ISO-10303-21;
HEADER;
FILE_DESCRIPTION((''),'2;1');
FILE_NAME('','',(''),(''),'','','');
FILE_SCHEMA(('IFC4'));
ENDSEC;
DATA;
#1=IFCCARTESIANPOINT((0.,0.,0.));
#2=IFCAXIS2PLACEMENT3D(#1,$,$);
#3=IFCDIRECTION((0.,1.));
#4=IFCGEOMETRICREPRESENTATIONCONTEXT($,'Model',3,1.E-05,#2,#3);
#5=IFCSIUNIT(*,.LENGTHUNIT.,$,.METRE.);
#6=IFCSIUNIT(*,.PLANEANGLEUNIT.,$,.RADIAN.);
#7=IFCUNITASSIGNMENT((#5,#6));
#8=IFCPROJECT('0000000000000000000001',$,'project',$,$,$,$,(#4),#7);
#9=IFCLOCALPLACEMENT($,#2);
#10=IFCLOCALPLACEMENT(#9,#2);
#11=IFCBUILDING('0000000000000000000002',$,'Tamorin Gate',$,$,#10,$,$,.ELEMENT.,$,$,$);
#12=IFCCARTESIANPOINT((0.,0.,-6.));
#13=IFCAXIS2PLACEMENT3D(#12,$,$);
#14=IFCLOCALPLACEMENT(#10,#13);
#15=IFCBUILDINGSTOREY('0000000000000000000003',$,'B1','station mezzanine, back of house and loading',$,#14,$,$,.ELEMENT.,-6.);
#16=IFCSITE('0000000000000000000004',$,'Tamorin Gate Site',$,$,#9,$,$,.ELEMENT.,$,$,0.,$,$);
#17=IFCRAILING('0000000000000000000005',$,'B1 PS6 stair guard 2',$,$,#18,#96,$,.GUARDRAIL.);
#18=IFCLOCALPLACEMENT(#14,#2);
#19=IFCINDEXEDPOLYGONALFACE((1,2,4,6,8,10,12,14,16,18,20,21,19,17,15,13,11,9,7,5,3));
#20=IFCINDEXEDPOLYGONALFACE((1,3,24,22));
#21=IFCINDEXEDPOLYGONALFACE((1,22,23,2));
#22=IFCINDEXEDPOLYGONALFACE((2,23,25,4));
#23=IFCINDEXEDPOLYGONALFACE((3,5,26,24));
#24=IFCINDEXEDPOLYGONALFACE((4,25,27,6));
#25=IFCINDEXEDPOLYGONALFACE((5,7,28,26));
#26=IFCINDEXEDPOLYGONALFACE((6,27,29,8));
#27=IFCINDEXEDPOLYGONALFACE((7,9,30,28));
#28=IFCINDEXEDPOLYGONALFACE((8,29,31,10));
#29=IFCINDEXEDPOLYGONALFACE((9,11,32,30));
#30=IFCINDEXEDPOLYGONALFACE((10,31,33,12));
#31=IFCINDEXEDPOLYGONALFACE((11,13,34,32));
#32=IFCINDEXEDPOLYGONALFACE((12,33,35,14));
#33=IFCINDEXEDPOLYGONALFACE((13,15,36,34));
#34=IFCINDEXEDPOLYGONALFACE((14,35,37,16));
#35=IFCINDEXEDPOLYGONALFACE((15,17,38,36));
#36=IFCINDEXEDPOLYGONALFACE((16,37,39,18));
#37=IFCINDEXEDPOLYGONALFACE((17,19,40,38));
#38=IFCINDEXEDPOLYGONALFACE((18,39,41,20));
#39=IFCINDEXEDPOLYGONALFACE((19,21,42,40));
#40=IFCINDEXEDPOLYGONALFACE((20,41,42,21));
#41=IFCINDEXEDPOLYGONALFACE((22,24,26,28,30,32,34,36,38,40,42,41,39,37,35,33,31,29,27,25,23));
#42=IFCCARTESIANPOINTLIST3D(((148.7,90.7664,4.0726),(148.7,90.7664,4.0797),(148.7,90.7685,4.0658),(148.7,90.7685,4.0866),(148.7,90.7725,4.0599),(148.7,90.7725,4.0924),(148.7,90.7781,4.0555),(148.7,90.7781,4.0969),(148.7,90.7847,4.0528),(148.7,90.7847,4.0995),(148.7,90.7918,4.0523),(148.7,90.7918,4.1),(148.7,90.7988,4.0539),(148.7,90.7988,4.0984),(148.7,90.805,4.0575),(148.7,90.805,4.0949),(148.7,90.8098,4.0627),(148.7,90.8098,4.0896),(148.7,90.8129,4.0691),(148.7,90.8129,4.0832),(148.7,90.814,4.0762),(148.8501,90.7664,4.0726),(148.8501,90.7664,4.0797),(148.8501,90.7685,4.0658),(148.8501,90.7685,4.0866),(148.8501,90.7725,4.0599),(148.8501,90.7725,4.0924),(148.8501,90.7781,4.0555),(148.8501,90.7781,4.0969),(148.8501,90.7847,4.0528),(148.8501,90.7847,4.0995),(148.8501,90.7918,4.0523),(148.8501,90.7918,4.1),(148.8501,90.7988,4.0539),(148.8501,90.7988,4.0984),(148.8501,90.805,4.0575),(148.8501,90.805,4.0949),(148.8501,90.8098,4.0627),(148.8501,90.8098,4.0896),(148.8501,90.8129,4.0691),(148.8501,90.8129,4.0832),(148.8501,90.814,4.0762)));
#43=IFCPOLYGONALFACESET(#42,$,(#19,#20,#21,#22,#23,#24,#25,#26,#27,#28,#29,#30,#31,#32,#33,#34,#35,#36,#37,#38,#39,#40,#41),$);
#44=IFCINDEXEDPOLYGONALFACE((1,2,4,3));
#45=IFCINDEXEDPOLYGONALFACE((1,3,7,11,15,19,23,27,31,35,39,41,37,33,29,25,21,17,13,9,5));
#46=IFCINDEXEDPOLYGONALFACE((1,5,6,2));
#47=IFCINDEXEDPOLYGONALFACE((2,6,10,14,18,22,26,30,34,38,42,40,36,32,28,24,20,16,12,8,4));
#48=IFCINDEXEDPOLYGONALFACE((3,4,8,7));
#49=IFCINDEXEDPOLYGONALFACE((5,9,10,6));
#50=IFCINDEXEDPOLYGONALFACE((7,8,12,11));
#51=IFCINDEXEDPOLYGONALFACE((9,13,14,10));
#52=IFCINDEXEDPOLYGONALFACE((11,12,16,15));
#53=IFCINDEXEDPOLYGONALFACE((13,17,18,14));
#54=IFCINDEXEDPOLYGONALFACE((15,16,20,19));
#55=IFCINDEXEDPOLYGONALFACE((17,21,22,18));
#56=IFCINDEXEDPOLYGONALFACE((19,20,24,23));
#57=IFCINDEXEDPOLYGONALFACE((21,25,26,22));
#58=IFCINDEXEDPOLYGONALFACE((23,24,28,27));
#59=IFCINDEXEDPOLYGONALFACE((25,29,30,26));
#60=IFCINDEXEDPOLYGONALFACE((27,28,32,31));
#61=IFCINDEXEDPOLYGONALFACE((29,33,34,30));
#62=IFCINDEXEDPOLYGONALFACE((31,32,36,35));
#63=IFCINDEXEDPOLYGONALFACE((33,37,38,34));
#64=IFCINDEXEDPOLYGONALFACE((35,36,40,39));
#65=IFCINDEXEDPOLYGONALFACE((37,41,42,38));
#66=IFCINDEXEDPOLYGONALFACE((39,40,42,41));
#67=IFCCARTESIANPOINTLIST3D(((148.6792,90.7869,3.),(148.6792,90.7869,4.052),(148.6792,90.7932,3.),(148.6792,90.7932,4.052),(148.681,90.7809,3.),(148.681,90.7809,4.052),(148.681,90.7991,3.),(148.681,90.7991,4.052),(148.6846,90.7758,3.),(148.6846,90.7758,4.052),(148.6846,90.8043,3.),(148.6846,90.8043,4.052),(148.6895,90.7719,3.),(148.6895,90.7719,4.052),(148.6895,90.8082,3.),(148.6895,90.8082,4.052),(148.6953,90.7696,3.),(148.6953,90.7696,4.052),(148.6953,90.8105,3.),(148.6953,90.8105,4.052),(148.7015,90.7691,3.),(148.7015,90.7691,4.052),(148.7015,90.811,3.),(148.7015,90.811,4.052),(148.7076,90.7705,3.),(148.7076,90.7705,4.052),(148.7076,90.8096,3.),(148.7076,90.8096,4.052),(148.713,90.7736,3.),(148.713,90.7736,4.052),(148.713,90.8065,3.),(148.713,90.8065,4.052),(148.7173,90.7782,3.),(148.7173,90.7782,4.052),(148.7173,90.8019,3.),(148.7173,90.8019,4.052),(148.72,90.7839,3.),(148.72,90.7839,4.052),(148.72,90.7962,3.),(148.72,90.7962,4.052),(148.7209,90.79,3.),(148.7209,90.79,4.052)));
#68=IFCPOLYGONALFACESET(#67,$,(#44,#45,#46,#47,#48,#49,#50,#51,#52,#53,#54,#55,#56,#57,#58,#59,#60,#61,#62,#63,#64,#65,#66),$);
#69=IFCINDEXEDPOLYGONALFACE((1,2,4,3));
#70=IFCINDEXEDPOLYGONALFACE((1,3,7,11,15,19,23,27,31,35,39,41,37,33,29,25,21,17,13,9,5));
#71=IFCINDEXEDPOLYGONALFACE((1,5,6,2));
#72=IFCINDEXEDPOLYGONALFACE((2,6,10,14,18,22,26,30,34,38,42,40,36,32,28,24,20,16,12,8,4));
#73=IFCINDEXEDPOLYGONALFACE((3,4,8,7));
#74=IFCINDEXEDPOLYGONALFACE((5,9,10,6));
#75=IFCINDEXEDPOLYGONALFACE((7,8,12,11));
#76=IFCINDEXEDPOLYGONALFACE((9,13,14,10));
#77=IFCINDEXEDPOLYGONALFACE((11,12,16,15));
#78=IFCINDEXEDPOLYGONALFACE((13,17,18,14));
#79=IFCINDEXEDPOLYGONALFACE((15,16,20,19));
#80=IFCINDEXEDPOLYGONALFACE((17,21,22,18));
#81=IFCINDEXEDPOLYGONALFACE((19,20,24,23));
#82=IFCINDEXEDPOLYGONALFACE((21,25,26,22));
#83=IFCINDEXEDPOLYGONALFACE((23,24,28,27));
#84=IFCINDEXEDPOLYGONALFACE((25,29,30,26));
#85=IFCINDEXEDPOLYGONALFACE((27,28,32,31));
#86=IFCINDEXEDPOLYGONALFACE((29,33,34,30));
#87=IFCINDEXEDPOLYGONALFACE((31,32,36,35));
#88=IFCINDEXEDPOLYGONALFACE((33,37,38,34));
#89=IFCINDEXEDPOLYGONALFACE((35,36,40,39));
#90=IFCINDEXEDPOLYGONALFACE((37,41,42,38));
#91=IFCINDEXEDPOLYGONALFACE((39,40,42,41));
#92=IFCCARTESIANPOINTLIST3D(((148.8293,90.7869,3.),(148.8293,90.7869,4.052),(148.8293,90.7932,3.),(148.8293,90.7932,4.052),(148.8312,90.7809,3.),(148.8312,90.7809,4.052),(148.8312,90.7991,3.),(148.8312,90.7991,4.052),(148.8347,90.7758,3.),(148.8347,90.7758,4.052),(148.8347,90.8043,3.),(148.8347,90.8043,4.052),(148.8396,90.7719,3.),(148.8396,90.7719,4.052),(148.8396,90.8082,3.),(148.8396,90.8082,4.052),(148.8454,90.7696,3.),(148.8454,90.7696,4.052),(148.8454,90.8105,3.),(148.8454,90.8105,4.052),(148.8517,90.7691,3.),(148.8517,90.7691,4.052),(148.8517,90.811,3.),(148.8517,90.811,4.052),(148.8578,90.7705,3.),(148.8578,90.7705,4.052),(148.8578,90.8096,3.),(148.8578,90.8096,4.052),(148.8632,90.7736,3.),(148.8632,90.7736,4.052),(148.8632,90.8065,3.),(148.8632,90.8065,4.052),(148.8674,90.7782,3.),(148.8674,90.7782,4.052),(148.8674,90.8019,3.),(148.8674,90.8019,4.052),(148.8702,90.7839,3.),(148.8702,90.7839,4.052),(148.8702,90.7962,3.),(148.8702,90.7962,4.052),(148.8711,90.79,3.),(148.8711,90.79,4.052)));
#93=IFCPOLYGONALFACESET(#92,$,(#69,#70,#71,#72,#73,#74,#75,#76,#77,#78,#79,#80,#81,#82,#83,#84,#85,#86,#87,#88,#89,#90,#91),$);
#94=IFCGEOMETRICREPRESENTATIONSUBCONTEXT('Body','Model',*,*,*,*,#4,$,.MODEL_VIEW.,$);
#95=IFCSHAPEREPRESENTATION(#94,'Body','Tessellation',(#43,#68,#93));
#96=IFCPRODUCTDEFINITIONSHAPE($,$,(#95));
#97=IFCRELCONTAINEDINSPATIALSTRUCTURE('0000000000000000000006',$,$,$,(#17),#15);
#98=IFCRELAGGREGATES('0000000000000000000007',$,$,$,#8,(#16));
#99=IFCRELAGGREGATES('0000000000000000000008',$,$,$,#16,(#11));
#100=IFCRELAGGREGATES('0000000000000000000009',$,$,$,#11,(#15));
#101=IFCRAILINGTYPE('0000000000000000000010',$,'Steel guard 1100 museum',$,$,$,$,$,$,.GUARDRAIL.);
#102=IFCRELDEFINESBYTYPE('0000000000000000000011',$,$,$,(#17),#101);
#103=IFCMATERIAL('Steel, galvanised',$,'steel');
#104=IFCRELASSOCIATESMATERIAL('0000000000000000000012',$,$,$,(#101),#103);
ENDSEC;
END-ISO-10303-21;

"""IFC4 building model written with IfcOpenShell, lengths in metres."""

from ifc_helpers import new_model, si_unit, direction, frame, origin, origin_2d, place, context, subcontext, project, spatial, circle, extrude, material, type_object, element, save


model = new_model("IFC4")

# Units and contexts
model_context = context("Model", 3, precision=1e-05, world=origin(), true_north=direction((0.0, 1.0)))
body_context = subcontext(model_context, "Body", "Model", "MODEL_VIEW")
ifc_project = project(units=[si_unit("LENGTHUNIT", "METRE"), si_unit("PLANEANGLEUNIT", "RADIAN")], contexts=[model_context])

# Site, building, storey
site_placement = place(None, origin())
site = spatial("IfcSite", under=ifc_project, at=site_placement, Name="Tamorin Gate Site", CompositionType="ELEMENT", RefElevation=0.0)
building_placement = place(site_placement, origin())
building = spatial("IfcBuilding", under=site, at=building_placement, Name="Tamorin Gate", CompositionType="ELEMENT")
storey_placement = place(building_placement, frame((0.0, 0.0, -6.0)))
storey = spatial("IfcBuildingStorey", under=building, at=storey_placement, Name="B1", Description="station mezzanine, back of house and loading", CompositionType="ELEMENT", Elevation=-6.0)

# Railing
ifc_material_1 = material(Name="Steel, galvanised", Category="steel")
railing_type_1 = type_object("IfcRailingType", Name="Steel guard 1100 museum", PredefinedType="GUARDRAIL", material=ifc_material_1)
railing_1_placement = place(storey_placement, frame((148.7, 90.79, 3.0)))
element("IfcRailing", 1, at=railing_1_placement, inside=storey, type_object=railing_type_1, Name="B1 PS6 stair guard 2", PredefinedType="GUARDRAIL", context=body_context, shape_type="SweptSolid", body=[
    extrude(circle(Radius=0.0239, at=origin_2d()), frame((0.0, 0.0, 1.0762), z_axis=(1.0, 0.0, 0.0), x_axis=(0.0, 1.0, 0.0)), (0.0, 0.0, 1.0), 0.1501),
    extrude(circle(Radius=0.021, at=origin_2d()), origin(), (0.0, 0.0, 1.0), 1.052),
    extrude(circle(Radius=0.021, at=origin_2d()), frame((0.1501, 0.0, 0.0)), (0.0, 0.0, 1.0), 1.052),
])

save(model, "model.ifc")
